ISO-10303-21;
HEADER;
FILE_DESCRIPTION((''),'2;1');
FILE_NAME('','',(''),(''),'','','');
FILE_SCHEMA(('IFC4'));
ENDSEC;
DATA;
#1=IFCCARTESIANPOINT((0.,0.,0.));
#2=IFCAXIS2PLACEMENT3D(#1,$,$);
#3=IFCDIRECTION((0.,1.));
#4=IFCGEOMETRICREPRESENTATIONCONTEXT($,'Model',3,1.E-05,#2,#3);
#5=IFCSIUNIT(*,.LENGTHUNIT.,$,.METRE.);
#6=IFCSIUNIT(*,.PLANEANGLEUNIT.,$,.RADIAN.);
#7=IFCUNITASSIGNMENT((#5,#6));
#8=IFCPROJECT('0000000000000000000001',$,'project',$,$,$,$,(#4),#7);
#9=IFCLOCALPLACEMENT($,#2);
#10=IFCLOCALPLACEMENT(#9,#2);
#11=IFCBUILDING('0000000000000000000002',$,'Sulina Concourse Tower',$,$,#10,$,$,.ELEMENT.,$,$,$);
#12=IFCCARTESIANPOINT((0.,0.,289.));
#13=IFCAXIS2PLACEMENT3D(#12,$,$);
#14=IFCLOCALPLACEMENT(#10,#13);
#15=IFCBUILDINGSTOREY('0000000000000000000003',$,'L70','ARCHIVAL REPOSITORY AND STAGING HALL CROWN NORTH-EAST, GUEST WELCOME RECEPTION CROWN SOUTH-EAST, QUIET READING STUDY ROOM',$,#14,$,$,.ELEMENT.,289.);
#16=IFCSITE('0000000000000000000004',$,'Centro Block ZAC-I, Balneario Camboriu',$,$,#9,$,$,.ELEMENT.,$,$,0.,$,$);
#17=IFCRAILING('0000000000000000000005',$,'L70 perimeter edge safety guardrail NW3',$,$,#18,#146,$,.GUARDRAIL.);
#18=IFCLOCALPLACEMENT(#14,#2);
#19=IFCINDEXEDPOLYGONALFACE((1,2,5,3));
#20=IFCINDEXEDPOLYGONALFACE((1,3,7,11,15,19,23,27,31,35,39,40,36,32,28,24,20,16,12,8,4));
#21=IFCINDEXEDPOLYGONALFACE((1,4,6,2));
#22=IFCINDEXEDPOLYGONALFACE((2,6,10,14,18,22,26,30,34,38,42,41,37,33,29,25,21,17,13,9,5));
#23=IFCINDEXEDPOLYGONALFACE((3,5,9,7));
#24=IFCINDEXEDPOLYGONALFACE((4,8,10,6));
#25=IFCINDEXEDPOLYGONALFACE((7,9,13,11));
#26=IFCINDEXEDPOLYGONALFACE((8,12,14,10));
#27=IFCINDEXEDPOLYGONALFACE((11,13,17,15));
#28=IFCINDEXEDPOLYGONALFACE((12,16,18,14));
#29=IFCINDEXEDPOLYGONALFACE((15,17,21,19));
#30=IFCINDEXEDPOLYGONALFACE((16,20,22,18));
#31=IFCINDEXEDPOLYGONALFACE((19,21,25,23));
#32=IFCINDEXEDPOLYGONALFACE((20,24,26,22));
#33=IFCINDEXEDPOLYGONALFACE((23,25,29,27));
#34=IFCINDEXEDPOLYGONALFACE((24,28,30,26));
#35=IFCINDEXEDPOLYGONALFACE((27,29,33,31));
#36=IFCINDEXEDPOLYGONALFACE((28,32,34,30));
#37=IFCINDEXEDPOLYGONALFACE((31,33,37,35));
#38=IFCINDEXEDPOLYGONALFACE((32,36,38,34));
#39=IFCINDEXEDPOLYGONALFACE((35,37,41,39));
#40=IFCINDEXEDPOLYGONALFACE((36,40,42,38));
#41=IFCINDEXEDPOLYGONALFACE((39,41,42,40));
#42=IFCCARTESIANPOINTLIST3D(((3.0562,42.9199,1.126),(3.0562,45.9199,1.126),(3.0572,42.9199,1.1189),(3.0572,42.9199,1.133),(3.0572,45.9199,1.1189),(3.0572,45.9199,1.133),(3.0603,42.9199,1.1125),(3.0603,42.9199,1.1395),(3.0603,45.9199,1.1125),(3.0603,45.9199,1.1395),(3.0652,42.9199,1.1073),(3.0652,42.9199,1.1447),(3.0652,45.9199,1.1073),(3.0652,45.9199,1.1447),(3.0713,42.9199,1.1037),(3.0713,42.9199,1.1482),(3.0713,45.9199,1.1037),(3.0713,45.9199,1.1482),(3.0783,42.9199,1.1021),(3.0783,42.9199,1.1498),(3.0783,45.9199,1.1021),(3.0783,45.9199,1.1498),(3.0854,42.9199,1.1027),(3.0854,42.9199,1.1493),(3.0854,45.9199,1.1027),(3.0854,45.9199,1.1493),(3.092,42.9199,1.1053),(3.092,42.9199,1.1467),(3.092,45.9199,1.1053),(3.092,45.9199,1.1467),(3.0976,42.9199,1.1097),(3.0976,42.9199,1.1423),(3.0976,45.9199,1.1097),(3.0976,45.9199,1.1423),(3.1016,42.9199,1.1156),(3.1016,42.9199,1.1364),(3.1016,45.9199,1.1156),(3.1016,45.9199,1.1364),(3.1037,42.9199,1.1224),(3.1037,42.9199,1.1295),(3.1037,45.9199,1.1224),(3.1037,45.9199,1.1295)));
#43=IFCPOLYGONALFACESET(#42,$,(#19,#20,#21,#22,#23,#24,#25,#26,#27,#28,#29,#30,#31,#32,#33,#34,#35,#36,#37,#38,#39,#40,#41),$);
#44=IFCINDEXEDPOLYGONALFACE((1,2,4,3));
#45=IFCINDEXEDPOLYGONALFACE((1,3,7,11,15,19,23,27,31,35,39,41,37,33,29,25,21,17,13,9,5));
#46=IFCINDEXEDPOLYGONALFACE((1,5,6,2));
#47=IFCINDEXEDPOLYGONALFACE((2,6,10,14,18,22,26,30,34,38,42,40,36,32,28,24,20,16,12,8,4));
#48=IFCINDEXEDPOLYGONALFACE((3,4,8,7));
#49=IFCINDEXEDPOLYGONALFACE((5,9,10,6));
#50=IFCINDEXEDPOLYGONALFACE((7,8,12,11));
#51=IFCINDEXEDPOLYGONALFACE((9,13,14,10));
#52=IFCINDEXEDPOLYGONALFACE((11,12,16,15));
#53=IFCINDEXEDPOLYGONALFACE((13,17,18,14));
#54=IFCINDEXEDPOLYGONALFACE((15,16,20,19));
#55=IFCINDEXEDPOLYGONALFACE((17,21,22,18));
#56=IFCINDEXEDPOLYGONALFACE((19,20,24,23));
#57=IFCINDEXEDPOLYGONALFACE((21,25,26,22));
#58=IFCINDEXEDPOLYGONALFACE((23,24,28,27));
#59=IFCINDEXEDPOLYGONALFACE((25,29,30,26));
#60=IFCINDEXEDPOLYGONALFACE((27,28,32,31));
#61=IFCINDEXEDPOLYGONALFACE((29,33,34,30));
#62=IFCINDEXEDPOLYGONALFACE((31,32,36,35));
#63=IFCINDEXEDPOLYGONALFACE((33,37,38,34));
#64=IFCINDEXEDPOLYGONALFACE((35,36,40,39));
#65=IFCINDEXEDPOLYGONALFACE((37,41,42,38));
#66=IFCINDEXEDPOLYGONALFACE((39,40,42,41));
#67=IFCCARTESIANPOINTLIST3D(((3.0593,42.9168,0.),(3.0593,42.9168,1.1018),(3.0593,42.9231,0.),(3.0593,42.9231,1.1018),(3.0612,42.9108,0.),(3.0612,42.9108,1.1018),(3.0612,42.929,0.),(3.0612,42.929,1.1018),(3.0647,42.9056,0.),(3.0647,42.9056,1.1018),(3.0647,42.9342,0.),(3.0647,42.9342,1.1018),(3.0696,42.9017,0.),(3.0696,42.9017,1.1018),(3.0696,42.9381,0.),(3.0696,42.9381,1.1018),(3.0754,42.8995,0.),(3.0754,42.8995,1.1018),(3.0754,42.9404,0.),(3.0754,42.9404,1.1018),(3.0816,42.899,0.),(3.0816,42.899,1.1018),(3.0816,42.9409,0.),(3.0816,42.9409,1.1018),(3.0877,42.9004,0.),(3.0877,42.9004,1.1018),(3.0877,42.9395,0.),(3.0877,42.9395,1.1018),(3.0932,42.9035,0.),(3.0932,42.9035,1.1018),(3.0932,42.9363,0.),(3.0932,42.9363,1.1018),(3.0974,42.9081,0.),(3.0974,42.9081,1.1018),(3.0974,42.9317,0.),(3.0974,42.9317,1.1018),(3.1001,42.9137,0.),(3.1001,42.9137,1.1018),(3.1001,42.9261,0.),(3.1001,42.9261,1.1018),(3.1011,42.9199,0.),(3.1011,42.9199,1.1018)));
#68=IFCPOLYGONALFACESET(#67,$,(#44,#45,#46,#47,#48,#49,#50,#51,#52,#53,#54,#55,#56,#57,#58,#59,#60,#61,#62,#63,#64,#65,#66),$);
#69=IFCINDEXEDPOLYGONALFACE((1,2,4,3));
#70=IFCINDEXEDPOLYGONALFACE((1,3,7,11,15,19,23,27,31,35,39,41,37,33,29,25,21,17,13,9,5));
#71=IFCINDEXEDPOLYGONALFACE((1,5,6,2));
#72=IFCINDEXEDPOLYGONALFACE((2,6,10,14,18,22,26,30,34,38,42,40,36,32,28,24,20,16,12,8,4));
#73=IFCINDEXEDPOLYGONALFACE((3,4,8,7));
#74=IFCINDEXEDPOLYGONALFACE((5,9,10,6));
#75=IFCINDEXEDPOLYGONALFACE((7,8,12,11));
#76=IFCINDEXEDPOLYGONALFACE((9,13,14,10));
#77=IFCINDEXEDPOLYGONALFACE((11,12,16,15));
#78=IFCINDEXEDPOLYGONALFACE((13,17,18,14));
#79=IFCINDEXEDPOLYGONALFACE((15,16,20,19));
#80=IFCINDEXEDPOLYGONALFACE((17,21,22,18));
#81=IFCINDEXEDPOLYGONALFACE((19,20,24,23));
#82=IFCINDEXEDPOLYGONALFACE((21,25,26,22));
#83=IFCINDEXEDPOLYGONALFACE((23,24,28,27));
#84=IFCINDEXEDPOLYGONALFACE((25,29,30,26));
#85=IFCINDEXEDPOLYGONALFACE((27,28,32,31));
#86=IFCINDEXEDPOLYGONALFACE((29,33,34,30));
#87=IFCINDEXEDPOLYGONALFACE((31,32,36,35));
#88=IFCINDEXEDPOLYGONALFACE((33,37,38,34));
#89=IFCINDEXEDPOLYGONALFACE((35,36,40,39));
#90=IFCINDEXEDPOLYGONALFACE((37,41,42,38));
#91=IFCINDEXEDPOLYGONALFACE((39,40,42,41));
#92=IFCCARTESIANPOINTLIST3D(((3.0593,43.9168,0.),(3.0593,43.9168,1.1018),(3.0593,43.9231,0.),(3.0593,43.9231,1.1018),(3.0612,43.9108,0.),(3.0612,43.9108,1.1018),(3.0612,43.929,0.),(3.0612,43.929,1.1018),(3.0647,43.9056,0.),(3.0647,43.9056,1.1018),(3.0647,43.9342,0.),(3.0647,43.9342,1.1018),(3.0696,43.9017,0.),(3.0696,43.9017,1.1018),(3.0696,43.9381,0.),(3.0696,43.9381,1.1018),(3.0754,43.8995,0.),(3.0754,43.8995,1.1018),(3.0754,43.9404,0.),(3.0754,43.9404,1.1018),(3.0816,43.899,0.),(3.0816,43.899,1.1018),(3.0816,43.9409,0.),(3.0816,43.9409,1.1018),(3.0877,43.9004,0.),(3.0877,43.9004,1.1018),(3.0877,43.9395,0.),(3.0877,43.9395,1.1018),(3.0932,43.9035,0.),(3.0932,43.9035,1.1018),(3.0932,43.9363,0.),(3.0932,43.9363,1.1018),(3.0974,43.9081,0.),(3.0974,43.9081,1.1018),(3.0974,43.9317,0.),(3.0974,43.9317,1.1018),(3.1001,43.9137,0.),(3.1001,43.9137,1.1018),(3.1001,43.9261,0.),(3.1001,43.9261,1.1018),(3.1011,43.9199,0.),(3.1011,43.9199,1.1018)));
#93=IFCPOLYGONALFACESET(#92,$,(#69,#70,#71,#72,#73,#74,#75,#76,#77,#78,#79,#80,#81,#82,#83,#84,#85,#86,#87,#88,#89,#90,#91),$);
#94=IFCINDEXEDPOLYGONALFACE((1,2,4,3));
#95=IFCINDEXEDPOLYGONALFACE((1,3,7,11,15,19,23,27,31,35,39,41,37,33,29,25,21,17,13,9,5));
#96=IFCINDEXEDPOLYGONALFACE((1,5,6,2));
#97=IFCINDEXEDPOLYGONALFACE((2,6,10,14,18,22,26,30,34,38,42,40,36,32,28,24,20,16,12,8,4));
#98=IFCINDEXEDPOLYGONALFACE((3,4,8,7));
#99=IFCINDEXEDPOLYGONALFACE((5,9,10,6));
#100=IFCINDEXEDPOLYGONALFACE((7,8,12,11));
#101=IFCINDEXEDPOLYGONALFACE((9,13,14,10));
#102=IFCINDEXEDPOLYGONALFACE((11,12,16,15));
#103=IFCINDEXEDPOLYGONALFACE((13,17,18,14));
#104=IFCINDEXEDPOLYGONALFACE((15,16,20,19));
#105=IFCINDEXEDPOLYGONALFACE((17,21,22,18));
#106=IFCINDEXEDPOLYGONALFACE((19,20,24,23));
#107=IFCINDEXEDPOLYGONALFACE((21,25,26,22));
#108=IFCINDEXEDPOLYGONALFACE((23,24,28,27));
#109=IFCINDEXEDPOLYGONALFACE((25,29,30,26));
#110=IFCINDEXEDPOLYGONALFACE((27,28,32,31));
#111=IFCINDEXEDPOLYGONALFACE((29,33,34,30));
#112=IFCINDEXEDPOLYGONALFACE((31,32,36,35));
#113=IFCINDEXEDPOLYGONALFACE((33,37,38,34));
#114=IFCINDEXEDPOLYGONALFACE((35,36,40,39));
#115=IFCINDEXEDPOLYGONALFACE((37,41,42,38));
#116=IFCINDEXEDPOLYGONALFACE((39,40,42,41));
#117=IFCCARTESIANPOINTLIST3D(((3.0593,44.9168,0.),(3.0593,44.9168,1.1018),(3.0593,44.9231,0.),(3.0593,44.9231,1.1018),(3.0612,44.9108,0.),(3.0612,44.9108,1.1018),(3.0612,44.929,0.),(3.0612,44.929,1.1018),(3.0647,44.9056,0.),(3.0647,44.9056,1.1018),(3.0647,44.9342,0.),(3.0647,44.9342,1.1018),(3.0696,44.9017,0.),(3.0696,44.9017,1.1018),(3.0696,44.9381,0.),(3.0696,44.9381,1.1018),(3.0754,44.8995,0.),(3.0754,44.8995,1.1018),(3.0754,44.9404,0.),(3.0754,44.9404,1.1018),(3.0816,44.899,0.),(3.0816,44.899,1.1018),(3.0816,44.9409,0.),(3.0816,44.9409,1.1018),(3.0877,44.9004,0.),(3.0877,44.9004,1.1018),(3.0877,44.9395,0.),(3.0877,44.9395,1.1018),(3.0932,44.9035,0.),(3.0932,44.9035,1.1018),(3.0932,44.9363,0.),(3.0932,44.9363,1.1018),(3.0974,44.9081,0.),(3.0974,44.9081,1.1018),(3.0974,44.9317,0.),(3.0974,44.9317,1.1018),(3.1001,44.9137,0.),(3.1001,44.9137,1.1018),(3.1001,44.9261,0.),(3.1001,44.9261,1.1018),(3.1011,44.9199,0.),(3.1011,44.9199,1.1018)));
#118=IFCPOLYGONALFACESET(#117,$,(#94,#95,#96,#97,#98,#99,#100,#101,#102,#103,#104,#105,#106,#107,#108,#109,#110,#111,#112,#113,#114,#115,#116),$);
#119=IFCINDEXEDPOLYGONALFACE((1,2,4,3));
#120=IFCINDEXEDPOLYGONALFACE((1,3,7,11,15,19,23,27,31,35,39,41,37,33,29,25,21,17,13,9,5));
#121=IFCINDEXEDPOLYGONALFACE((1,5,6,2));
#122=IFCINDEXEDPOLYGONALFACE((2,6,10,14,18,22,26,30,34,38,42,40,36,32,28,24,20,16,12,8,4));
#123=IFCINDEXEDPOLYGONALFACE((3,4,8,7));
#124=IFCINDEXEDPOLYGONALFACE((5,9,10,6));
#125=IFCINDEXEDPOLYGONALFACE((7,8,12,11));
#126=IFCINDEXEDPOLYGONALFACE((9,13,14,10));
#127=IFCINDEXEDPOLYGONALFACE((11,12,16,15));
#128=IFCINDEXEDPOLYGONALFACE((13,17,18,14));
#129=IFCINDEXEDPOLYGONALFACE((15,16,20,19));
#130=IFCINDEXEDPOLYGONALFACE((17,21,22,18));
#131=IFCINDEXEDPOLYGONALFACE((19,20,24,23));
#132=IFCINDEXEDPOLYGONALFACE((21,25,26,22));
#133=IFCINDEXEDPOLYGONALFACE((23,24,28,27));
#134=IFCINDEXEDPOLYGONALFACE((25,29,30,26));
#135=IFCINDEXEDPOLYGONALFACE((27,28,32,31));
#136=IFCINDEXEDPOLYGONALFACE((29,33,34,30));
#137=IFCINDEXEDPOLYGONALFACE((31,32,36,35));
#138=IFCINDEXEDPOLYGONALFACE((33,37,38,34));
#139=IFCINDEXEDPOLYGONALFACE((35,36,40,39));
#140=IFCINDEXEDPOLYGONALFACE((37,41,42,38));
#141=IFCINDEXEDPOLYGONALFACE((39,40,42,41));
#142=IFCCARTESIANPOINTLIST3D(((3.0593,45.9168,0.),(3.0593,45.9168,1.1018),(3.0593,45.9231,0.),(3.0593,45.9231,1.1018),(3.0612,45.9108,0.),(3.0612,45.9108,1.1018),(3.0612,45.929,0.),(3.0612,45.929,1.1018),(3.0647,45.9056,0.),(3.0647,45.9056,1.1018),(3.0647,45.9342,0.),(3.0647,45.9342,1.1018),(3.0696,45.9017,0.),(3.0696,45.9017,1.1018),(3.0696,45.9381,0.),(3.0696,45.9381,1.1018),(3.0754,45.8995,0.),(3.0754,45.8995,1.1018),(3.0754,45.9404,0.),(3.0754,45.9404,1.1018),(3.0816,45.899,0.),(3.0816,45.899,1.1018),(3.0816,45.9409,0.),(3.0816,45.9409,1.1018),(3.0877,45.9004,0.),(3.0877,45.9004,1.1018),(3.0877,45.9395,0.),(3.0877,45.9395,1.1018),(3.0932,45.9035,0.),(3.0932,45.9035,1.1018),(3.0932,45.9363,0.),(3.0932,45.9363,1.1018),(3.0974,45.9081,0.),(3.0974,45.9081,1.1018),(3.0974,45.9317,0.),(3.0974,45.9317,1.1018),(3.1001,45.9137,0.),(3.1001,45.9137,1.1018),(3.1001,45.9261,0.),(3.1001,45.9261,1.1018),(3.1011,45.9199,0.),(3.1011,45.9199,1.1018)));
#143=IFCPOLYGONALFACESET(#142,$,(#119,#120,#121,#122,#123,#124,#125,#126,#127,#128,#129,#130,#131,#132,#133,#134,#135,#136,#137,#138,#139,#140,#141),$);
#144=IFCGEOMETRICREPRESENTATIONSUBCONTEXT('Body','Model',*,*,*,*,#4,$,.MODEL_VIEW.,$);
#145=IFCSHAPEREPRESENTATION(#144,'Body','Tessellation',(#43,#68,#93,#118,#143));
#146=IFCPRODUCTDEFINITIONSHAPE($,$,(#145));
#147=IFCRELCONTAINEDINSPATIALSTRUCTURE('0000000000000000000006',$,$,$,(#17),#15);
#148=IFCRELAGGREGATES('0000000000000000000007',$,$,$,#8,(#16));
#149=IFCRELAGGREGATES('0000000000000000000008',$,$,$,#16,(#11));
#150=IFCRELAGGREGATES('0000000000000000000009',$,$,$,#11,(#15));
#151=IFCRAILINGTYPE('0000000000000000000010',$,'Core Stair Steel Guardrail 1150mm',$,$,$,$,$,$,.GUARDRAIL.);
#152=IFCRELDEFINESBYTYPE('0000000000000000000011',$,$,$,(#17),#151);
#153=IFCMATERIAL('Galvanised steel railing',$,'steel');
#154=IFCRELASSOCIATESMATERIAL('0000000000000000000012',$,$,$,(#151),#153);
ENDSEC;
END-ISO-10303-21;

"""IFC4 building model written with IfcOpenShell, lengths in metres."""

from ifc_helpers import new_model, si_unit, direction, frame, origin, origin_2d, place, context, subcontext, project, spatial, circle, extrude, material, type_object, element, save


model = new_model("IFC4")

# Units and contexts
model_context = context("Model", 3, precision=1e-05, world=origin(), true_north=direction((0.0, 1.0)))
body_context = subcontext(model_context, "Body", "Model", "MODEL_VIEW")
ifc_project = project(units=[si_unit("LENGTHUNIT", "METRE"), si_unit("PLANEANGLEUNIT", "RADIAN")], contexts=[model_context])

# Site, building, storey
site_placement = place(None, origin())
site = spatial("IfcSite", under=ifc_project, at=site_placement, Name="Centro Block ZAC-I, Balneario Camboriu", CompositionType="ELEMENT", RefElevation=0.0)
building_placement = place(site_placement, origin())
building = spatial("IfcBuilding", under=site, at=building_placement, Name="Sulina Concourse Tower", CompositionType="ELEMENT")
storey_placement = place(building_placement, frame((0.0, 0.0, 289.0)))
storey = spatial("IfcBuildingStorey", under=building, at=storey_placement, Name="L70", Description="ARCHIVAL REPOSITORY AND STAGING HALL CROWN NORTH-EAST, GUEST WELCOME RECEPTION CROWN SOUTH-EAST, QUIET READING STUDY ROOM", CompositionType="ELEMENT", Elevation=289.0)

# Railing
ifc_material_1 = material(Name="Galvanised steel railing", Category="steel")
railing_type_1 = type_object("IfcRailingType", Name="Core Stair Steel Guardrail 1150mm", PredefinedType="GUARDRAIL", material=ifc_material_1)
railing_1_placement = place(storey_placement, frame((3.0801, 42.9199, 0.0)))
element("IfcRailing", 1, at=railing_1_placement, inside=storey, type_object=railing_type_1, Name="L70 perimeter edge safety guardrail NW3", PredefinedType="GUARDRAIL", context=body_context, shape_type="SweptSolid", body=[
    extrude(circle(Radius=0.0239, at=origin_2d()), frame((0.0, 0.0, 1.126), z_axis=(0.0, 1.0, 0.0), x_axis=(-1.0, 0.0, 0.0)), (0.0, 0.0, 1.0), 3.0),
    extrude(circle(Radius=0.021, at=origin_2d()), origin(), (0.0, 0.0, 1.0), 1.1018),
    extrude(circle(Radius=0.021, at=origin_2d()), frame((0.0, 1.0, 0.0)), (0.0, 0.0, 1.0), 1.1018),
    extrude(circle(Radius=0.021, at=origin_2d()), frame((0.0, 2.0, 0.0)), (0.0, 0.0, 1.0), 1.1018),
    extrude(circle(Radius=0.021, at=origin_2d()), frame((0.0, 3.0, 0.0)), (0.0, 0.0, 1.0), 1.1018),
])

save(model, "model.ifc")
